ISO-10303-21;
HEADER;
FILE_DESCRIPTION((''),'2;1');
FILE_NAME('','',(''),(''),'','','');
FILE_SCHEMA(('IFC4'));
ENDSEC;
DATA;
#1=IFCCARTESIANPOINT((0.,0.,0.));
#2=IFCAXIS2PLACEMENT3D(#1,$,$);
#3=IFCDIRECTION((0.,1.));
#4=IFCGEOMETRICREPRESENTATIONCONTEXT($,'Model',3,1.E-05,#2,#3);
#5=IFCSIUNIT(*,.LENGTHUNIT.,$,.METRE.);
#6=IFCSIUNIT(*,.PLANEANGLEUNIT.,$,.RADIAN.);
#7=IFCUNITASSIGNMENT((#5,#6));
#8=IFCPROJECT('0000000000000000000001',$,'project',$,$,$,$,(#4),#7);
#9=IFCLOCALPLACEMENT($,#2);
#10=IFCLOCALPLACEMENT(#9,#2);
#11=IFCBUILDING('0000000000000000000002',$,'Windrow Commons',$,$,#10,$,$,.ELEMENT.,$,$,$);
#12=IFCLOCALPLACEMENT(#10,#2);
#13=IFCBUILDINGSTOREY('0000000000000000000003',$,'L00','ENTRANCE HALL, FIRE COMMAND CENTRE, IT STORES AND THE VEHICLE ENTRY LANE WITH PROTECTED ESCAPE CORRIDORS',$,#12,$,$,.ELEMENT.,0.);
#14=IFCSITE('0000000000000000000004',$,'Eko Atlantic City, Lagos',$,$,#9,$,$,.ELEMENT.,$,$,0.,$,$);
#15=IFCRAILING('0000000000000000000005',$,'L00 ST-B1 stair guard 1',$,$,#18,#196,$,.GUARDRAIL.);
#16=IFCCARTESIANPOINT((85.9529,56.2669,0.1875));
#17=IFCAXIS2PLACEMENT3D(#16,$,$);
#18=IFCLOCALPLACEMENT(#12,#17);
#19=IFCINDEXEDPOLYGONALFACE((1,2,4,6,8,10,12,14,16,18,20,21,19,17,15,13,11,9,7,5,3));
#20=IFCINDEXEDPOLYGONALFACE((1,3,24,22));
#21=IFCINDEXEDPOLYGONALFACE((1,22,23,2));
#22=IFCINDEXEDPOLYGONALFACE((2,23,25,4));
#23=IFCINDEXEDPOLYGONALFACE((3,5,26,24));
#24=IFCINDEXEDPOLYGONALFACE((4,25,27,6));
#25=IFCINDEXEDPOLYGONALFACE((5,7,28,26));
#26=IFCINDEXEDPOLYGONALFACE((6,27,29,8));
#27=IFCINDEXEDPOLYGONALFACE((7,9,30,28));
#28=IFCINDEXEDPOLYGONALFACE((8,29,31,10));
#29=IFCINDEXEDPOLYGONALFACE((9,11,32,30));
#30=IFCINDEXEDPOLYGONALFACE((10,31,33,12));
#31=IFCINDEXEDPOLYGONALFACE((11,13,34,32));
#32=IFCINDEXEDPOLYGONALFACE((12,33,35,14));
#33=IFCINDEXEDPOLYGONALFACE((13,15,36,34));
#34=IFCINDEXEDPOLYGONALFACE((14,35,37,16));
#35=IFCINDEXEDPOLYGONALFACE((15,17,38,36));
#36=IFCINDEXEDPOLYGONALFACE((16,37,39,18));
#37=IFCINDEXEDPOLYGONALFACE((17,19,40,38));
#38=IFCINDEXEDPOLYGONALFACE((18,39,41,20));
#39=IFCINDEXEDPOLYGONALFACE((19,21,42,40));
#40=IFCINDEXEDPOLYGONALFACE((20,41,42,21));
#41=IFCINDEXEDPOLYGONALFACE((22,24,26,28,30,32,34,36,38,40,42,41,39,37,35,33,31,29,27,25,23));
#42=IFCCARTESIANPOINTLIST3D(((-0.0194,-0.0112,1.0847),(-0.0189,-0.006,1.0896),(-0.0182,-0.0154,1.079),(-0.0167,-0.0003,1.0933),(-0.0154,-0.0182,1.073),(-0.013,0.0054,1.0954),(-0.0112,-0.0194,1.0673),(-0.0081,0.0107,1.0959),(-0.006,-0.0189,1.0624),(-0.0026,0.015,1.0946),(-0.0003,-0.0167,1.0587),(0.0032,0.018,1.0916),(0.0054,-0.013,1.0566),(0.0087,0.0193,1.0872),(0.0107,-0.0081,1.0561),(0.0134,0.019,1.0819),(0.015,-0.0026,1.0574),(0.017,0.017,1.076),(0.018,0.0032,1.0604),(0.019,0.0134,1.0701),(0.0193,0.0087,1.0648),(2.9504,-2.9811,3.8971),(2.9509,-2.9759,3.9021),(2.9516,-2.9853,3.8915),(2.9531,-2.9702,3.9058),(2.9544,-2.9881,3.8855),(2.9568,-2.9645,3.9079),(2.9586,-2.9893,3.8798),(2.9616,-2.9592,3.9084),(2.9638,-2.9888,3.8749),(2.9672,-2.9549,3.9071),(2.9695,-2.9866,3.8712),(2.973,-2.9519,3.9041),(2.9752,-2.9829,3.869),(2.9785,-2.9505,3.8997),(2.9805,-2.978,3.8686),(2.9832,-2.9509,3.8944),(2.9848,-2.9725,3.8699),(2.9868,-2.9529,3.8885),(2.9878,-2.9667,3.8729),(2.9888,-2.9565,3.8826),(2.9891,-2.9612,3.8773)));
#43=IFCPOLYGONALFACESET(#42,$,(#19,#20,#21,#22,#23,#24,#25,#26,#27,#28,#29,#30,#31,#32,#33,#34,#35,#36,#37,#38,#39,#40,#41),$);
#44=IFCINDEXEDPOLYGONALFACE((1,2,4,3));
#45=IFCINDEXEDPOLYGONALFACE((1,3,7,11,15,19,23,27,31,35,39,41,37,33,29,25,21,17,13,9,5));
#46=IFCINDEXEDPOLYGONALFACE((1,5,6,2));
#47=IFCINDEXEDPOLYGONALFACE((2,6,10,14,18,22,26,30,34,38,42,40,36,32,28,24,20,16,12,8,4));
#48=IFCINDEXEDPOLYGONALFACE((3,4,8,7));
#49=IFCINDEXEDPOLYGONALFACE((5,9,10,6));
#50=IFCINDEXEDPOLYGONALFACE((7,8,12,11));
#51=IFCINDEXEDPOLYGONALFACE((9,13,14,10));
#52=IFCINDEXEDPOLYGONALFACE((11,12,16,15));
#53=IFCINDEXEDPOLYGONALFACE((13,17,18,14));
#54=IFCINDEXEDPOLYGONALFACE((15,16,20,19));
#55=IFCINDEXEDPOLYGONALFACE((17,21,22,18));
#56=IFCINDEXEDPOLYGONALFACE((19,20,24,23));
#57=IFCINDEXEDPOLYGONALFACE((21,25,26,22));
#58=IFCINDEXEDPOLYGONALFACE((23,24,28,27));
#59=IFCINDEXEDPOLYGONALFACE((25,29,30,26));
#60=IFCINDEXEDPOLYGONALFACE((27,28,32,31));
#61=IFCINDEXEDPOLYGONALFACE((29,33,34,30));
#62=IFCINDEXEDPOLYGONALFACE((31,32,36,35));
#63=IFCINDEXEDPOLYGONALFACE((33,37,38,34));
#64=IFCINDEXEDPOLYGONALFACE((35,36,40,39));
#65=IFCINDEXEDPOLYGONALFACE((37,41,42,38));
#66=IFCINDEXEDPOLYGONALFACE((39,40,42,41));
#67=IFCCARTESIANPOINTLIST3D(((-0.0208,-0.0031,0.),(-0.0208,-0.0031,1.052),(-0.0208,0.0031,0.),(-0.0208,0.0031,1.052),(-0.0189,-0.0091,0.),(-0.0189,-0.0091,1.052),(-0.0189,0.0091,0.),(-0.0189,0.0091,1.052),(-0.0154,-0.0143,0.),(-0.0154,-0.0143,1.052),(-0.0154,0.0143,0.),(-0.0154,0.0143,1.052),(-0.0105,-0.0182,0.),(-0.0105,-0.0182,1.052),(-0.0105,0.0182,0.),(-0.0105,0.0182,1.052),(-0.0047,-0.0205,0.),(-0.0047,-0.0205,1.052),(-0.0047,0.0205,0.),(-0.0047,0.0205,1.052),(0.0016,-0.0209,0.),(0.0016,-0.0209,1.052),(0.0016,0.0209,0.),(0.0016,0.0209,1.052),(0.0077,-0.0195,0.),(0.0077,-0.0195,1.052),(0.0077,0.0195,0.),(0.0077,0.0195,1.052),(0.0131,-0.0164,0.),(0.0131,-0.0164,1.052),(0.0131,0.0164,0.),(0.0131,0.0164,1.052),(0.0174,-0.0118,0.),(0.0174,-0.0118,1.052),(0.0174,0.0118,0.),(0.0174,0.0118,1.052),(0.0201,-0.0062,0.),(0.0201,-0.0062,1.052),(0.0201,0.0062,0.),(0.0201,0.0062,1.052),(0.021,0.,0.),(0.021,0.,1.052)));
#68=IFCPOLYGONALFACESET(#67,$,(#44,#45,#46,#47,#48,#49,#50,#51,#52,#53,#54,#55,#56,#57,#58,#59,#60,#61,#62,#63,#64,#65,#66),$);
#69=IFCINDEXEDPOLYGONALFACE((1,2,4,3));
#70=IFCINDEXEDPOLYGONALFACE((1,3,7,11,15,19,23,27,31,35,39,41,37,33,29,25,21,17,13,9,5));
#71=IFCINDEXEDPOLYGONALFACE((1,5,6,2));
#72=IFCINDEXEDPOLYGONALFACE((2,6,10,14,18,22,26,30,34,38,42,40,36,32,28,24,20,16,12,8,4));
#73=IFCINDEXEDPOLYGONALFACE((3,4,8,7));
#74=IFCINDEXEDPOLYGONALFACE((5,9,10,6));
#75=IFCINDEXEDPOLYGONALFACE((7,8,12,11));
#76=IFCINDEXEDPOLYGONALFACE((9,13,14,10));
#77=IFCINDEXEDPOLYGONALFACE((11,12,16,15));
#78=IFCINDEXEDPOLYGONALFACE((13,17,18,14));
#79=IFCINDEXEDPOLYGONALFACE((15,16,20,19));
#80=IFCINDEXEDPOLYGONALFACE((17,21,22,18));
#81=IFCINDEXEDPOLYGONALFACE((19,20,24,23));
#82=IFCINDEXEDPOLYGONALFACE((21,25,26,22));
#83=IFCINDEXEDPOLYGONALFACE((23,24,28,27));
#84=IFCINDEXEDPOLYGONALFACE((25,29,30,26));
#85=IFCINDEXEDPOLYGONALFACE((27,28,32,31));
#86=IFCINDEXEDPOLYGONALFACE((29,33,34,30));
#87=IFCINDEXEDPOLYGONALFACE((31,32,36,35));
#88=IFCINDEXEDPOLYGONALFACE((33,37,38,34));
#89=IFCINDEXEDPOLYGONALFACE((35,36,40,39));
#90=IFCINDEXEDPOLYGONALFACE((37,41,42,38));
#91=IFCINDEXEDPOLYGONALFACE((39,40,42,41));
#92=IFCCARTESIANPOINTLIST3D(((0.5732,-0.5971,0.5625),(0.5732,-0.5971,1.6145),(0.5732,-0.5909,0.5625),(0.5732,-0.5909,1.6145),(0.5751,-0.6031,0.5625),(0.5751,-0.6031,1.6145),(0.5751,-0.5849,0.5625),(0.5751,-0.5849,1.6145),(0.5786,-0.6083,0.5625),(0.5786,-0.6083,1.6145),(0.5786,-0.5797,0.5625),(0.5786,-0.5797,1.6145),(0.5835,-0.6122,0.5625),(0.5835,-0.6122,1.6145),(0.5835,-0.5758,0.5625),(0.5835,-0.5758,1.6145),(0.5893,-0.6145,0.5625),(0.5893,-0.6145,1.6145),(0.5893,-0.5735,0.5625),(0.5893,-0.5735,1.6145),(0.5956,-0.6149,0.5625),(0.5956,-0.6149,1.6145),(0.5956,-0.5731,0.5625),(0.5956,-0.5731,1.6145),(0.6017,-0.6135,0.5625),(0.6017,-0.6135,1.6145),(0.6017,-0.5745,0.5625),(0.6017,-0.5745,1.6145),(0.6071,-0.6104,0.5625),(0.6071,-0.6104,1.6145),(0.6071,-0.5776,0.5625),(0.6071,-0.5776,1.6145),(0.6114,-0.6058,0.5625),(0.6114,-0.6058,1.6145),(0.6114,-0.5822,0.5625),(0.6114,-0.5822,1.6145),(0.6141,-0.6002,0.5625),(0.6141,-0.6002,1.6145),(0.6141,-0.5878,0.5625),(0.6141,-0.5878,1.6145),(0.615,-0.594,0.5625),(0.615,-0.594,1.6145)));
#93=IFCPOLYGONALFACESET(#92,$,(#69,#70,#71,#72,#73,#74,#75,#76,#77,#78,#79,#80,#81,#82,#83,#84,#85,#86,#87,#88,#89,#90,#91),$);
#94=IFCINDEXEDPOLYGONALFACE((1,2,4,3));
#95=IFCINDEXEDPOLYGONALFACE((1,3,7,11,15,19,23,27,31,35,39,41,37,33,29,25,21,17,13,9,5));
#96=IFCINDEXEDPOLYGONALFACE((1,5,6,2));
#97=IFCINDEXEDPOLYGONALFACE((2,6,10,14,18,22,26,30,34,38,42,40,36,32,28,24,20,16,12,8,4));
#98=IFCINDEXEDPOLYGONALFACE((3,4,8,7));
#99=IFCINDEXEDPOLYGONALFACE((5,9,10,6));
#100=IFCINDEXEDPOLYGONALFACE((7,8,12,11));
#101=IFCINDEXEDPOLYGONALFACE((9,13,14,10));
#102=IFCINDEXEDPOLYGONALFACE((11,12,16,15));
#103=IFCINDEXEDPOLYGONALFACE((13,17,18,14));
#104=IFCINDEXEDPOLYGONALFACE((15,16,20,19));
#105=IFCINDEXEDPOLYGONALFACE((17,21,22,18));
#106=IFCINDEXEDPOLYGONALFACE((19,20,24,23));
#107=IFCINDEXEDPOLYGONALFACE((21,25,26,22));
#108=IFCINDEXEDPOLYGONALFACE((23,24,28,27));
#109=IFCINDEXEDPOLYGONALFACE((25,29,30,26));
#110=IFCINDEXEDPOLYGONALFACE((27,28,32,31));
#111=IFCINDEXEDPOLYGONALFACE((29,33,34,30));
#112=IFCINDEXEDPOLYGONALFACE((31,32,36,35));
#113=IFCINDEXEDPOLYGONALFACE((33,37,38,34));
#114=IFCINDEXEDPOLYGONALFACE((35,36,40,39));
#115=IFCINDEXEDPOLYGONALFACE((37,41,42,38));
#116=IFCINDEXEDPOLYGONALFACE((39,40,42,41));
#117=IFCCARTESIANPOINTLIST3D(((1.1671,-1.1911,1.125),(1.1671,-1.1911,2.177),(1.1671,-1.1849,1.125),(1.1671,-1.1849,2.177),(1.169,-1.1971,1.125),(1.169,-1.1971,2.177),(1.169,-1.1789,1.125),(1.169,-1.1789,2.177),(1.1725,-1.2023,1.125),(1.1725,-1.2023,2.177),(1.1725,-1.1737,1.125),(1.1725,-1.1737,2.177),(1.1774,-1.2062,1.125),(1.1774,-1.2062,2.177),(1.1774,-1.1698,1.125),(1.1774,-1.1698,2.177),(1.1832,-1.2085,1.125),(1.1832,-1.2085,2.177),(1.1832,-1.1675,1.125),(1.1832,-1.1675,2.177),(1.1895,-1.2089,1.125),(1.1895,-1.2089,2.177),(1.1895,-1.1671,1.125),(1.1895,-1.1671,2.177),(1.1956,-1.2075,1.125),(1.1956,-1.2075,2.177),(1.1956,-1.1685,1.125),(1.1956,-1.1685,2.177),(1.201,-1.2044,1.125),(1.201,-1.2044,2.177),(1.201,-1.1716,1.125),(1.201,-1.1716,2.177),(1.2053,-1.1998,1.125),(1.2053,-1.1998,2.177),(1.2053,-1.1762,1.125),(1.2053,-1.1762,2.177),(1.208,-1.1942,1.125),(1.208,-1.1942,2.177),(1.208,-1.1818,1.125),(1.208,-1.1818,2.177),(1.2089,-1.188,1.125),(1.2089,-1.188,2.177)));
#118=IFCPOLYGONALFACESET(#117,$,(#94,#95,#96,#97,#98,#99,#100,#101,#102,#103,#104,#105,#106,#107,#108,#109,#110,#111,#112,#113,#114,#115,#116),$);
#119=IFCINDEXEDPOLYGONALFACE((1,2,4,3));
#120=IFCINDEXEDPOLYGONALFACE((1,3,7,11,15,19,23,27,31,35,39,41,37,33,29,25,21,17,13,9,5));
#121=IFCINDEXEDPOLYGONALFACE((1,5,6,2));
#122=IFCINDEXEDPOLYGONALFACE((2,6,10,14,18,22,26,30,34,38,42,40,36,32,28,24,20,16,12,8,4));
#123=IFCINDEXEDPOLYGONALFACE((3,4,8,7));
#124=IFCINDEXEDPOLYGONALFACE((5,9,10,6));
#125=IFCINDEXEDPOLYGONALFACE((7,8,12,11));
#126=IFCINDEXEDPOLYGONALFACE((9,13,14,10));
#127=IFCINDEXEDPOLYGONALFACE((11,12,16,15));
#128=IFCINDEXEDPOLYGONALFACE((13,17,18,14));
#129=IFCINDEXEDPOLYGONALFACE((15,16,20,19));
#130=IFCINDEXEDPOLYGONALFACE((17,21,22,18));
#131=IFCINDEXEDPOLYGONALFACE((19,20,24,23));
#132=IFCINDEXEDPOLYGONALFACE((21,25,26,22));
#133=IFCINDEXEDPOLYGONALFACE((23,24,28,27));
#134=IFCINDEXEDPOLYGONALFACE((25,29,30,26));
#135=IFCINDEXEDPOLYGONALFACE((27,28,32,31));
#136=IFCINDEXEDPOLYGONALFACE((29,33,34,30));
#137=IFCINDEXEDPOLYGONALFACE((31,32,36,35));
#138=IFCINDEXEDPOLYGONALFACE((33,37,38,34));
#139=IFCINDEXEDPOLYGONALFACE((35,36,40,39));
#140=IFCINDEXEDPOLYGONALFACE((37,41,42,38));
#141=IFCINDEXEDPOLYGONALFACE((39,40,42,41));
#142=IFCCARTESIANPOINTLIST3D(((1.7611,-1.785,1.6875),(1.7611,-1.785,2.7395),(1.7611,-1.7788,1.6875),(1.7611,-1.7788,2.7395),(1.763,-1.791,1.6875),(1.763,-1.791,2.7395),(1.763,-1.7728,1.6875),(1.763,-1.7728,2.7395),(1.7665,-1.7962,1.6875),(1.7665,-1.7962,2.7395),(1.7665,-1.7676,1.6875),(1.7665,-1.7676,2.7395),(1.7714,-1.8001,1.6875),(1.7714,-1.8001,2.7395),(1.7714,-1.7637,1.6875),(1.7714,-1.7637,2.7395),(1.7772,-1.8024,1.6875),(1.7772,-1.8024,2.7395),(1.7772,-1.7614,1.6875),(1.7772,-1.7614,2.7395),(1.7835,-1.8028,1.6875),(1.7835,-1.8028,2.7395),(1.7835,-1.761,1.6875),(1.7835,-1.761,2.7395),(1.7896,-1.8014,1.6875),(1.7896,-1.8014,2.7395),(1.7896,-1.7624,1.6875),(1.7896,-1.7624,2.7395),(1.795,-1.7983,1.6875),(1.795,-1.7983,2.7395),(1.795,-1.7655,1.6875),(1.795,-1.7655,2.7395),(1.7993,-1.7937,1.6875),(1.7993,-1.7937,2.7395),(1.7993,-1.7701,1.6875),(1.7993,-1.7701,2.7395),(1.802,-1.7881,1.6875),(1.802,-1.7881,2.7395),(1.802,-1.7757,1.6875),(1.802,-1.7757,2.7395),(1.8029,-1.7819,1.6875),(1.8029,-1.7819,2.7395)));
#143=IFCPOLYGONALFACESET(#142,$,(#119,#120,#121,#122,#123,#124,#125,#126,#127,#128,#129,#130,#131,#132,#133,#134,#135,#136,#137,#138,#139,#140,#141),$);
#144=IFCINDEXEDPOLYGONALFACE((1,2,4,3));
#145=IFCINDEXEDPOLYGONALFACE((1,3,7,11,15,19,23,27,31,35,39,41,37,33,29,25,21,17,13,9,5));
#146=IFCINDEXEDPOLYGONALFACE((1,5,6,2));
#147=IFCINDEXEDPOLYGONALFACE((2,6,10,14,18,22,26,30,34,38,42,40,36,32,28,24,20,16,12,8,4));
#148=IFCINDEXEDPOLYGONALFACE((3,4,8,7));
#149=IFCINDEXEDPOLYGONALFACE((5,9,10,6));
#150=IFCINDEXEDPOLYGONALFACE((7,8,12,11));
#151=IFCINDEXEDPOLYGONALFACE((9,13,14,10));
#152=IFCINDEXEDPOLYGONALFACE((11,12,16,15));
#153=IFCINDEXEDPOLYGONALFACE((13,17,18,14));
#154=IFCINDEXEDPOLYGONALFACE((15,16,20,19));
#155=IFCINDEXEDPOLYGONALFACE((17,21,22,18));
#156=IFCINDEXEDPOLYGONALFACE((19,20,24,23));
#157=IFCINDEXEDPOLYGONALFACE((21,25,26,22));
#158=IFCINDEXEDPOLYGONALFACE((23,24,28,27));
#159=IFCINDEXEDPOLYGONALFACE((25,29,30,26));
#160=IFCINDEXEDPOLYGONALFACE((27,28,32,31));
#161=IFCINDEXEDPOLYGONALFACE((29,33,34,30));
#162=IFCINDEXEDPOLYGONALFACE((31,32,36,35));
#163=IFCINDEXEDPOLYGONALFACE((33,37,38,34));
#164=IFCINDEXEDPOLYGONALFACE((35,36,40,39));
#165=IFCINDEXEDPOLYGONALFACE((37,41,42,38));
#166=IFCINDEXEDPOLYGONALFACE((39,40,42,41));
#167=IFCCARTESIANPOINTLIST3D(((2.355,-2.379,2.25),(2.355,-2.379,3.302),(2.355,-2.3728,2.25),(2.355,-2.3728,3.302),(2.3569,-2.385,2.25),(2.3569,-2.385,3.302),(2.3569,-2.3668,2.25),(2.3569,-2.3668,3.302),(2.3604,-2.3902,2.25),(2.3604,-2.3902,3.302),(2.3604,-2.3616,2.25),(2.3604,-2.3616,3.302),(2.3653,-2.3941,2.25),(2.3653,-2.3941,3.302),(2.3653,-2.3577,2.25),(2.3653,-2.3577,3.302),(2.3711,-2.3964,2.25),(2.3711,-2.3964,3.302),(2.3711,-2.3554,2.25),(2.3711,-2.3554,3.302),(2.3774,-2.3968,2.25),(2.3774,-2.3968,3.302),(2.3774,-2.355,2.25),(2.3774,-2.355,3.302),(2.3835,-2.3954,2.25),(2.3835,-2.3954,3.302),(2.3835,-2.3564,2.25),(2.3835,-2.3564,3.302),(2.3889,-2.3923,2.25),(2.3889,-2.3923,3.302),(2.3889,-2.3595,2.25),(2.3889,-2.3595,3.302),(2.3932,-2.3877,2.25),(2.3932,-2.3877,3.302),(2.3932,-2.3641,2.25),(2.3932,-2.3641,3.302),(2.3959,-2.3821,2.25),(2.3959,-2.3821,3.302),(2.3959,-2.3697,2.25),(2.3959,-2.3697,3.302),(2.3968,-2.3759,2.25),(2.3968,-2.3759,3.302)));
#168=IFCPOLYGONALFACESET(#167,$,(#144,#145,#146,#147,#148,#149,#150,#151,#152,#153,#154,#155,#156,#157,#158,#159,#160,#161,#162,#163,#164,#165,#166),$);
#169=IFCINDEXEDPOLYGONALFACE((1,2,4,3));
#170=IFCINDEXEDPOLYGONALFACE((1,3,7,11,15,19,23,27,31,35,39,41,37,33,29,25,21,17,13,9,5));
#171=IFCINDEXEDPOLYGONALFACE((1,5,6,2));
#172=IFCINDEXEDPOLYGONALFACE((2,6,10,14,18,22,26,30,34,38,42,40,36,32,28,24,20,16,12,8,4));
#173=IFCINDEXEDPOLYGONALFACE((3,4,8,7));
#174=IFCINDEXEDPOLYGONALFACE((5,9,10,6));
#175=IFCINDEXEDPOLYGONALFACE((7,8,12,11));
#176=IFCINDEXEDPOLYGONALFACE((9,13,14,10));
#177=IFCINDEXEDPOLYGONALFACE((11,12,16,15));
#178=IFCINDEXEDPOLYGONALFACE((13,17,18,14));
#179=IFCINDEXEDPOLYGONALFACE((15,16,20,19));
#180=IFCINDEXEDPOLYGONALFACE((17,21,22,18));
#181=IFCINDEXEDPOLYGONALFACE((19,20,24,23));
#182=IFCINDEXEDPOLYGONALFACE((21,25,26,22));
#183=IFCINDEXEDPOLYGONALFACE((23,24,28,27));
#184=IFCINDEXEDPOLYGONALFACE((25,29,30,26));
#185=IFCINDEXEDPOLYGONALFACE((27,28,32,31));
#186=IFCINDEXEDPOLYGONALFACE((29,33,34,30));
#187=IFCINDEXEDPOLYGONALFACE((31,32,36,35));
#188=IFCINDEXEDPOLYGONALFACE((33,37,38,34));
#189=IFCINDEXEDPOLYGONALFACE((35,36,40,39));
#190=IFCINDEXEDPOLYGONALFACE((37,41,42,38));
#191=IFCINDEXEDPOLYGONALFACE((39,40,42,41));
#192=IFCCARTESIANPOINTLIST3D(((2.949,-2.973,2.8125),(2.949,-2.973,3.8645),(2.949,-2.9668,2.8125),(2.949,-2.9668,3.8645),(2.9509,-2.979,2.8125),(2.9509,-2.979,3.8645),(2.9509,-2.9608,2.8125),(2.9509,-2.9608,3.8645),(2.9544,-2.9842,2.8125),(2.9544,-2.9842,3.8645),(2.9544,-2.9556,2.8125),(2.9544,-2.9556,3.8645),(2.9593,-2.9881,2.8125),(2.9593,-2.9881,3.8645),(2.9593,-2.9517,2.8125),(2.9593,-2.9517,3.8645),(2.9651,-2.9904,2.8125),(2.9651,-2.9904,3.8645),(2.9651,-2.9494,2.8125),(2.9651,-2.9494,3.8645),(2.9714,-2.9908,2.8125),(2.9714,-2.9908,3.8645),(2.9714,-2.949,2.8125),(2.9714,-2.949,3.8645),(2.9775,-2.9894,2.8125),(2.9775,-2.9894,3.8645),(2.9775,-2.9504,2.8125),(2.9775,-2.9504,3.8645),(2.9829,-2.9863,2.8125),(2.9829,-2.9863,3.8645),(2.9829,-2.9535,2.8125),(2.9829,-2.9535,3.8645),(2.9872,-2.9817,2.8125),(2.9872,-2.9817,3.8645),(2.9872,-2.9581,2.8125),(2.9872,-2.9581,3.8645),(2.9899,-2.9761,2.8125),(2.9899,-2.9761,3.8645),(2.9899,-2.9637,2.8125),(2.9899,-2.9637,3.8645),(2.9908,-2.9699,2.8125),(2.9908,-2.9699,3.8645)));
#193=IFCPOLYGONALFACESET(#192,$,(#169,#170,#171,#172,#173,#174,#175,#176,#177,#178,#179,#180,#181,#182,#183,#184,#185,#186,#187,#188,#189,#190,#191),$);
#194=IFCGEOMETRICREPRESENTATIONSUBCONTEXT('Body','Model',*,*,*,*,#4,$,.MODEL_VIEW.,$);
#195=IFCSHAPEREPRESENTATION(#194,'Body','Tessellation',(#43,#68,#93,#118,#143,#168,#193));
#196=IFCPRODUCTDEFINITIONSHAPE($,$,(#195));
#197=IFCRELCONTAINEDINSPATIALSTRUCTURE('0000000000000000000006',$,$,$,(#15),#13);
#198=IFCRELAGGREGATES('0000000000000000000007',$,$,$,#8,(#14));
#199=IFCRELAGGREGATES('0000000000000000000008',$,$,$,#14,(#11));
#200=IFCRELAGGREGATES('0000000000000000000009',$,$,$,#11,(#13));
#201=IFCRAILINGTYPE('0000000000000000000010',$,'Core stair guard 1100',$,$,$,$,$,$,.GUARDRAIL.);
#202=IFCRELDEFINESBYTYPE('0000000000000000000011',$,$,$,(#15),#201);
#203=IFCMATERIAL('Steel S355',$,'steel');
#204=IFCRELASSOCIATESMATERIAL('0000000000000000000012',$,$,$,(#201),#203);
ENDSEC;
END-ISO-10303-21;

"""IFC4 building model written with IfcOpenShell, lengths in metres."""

from ifc_helpers import new_model, si_unit, direction, frame, origin, origin_2d, place, context, subcontext, project, spatial, circle, extrude, material, type_object, element, save


model = new_model("IFC4")

# Units and contexts
model_context = context("Model", 3, precision=1e-05, world=origin(), true_north=direction((0.0, 1.0)))
body_context = subcontext(model_context, "Body", "Model", "MODEL_VIEW")
ifc_project = project(units=[si_unit("LENGTHUNIT", "METRE"), si_unit("PLANEANGLEUNIT", "RADIAN")], contexts=[model_context])

# Site, building, storey
site_placement = place(None, origin())
site = spatial("IfcSite", under=ifc_project, at=site_placement, Name="Eko Atlantic City, Lagos", CompositionType="ELEMENT", RefElevation=0.0)
building_placement = place(site_placement, origin())
building = spatial("IfcBuilding", under=site, at=building_placement, Name="Windrow Commons", CompositionType="ELEMENT")
storey_placement = place(building_placement, origin())
storey = spatial("IfcBuildingStorey", under=building, at=storey_placement, Name="L00", Description="ENTRANCE HALL, FIRE COMMAND CENTRE, IT STORES AND THE VEHICLE ENTRY LANE WITH PROTECTED ESCAPE CORRIDORS", CompositionType="ELEMENT", Elevation=0.0)

# Railing
ifc_material_1 = material(Name="Steel S355", Category="steel")
railing_type_1 = type_object("IfcRailingType", Name="Core stair guard 1100", PredefinedType="GUARDRAIL", material=ifc_material_1)
railing_1_placement = place(storey_placement, frame((85.9529, 56.2669, 0.1875)))
element("IfcRailing", 1, at=railing_1_placement, inside=storey, type_object=railing_type_1, Name="L00 ST-B1 stair guard 1", PredefinedType="GUARDRAIL", context=body_context, shape_type="SweptSolid", body=[
    extrude(circle(Radius=0.024, at=origin_2d()), frame((0.0, 0.0, 1.076), z_axis=(0.58753, -0.58755, 0.556411), x_axis=(0.707119, 0.707095, 0.0)), (0.0, 0.0, 1.0), 5.0547),
    extrude(circle(Radius=0.021, at=origin_2d()), origin(), (0.0, 0.0, 1.0), 1.052),
    extrude(circle(Radius=0.021, at=origin_2d()), frame((0.594, -0.594, 0.5625)), (0.0, 0.0, 1.0), 1.052),
    extrude(circle(Radius=0.021, at=origin_2d()), frame((1.1879, -1.188, 1.125)), (0.0, 0.0, 1.0), 1.052),
    extrude(circle(Radius=0.021, at=origin_2d()), frame((1.7819, -1.7819, 1.6875)), (0.0, 0.0, 1.0), 1.052),
    extrude(circle(Radius=0.021, at=origin_2d()), frame((2.3758, -2.3759, 2.25)), (0.0, 0.0, 1.0), 1.052),
    extrude(circle(Radius=0.021, at=origin_2d()), frame((2.9698, -2.9699, 2.8125)), (0.0, 0.0, 1.0), 1.052),
])

save(model, "model.ifc")
